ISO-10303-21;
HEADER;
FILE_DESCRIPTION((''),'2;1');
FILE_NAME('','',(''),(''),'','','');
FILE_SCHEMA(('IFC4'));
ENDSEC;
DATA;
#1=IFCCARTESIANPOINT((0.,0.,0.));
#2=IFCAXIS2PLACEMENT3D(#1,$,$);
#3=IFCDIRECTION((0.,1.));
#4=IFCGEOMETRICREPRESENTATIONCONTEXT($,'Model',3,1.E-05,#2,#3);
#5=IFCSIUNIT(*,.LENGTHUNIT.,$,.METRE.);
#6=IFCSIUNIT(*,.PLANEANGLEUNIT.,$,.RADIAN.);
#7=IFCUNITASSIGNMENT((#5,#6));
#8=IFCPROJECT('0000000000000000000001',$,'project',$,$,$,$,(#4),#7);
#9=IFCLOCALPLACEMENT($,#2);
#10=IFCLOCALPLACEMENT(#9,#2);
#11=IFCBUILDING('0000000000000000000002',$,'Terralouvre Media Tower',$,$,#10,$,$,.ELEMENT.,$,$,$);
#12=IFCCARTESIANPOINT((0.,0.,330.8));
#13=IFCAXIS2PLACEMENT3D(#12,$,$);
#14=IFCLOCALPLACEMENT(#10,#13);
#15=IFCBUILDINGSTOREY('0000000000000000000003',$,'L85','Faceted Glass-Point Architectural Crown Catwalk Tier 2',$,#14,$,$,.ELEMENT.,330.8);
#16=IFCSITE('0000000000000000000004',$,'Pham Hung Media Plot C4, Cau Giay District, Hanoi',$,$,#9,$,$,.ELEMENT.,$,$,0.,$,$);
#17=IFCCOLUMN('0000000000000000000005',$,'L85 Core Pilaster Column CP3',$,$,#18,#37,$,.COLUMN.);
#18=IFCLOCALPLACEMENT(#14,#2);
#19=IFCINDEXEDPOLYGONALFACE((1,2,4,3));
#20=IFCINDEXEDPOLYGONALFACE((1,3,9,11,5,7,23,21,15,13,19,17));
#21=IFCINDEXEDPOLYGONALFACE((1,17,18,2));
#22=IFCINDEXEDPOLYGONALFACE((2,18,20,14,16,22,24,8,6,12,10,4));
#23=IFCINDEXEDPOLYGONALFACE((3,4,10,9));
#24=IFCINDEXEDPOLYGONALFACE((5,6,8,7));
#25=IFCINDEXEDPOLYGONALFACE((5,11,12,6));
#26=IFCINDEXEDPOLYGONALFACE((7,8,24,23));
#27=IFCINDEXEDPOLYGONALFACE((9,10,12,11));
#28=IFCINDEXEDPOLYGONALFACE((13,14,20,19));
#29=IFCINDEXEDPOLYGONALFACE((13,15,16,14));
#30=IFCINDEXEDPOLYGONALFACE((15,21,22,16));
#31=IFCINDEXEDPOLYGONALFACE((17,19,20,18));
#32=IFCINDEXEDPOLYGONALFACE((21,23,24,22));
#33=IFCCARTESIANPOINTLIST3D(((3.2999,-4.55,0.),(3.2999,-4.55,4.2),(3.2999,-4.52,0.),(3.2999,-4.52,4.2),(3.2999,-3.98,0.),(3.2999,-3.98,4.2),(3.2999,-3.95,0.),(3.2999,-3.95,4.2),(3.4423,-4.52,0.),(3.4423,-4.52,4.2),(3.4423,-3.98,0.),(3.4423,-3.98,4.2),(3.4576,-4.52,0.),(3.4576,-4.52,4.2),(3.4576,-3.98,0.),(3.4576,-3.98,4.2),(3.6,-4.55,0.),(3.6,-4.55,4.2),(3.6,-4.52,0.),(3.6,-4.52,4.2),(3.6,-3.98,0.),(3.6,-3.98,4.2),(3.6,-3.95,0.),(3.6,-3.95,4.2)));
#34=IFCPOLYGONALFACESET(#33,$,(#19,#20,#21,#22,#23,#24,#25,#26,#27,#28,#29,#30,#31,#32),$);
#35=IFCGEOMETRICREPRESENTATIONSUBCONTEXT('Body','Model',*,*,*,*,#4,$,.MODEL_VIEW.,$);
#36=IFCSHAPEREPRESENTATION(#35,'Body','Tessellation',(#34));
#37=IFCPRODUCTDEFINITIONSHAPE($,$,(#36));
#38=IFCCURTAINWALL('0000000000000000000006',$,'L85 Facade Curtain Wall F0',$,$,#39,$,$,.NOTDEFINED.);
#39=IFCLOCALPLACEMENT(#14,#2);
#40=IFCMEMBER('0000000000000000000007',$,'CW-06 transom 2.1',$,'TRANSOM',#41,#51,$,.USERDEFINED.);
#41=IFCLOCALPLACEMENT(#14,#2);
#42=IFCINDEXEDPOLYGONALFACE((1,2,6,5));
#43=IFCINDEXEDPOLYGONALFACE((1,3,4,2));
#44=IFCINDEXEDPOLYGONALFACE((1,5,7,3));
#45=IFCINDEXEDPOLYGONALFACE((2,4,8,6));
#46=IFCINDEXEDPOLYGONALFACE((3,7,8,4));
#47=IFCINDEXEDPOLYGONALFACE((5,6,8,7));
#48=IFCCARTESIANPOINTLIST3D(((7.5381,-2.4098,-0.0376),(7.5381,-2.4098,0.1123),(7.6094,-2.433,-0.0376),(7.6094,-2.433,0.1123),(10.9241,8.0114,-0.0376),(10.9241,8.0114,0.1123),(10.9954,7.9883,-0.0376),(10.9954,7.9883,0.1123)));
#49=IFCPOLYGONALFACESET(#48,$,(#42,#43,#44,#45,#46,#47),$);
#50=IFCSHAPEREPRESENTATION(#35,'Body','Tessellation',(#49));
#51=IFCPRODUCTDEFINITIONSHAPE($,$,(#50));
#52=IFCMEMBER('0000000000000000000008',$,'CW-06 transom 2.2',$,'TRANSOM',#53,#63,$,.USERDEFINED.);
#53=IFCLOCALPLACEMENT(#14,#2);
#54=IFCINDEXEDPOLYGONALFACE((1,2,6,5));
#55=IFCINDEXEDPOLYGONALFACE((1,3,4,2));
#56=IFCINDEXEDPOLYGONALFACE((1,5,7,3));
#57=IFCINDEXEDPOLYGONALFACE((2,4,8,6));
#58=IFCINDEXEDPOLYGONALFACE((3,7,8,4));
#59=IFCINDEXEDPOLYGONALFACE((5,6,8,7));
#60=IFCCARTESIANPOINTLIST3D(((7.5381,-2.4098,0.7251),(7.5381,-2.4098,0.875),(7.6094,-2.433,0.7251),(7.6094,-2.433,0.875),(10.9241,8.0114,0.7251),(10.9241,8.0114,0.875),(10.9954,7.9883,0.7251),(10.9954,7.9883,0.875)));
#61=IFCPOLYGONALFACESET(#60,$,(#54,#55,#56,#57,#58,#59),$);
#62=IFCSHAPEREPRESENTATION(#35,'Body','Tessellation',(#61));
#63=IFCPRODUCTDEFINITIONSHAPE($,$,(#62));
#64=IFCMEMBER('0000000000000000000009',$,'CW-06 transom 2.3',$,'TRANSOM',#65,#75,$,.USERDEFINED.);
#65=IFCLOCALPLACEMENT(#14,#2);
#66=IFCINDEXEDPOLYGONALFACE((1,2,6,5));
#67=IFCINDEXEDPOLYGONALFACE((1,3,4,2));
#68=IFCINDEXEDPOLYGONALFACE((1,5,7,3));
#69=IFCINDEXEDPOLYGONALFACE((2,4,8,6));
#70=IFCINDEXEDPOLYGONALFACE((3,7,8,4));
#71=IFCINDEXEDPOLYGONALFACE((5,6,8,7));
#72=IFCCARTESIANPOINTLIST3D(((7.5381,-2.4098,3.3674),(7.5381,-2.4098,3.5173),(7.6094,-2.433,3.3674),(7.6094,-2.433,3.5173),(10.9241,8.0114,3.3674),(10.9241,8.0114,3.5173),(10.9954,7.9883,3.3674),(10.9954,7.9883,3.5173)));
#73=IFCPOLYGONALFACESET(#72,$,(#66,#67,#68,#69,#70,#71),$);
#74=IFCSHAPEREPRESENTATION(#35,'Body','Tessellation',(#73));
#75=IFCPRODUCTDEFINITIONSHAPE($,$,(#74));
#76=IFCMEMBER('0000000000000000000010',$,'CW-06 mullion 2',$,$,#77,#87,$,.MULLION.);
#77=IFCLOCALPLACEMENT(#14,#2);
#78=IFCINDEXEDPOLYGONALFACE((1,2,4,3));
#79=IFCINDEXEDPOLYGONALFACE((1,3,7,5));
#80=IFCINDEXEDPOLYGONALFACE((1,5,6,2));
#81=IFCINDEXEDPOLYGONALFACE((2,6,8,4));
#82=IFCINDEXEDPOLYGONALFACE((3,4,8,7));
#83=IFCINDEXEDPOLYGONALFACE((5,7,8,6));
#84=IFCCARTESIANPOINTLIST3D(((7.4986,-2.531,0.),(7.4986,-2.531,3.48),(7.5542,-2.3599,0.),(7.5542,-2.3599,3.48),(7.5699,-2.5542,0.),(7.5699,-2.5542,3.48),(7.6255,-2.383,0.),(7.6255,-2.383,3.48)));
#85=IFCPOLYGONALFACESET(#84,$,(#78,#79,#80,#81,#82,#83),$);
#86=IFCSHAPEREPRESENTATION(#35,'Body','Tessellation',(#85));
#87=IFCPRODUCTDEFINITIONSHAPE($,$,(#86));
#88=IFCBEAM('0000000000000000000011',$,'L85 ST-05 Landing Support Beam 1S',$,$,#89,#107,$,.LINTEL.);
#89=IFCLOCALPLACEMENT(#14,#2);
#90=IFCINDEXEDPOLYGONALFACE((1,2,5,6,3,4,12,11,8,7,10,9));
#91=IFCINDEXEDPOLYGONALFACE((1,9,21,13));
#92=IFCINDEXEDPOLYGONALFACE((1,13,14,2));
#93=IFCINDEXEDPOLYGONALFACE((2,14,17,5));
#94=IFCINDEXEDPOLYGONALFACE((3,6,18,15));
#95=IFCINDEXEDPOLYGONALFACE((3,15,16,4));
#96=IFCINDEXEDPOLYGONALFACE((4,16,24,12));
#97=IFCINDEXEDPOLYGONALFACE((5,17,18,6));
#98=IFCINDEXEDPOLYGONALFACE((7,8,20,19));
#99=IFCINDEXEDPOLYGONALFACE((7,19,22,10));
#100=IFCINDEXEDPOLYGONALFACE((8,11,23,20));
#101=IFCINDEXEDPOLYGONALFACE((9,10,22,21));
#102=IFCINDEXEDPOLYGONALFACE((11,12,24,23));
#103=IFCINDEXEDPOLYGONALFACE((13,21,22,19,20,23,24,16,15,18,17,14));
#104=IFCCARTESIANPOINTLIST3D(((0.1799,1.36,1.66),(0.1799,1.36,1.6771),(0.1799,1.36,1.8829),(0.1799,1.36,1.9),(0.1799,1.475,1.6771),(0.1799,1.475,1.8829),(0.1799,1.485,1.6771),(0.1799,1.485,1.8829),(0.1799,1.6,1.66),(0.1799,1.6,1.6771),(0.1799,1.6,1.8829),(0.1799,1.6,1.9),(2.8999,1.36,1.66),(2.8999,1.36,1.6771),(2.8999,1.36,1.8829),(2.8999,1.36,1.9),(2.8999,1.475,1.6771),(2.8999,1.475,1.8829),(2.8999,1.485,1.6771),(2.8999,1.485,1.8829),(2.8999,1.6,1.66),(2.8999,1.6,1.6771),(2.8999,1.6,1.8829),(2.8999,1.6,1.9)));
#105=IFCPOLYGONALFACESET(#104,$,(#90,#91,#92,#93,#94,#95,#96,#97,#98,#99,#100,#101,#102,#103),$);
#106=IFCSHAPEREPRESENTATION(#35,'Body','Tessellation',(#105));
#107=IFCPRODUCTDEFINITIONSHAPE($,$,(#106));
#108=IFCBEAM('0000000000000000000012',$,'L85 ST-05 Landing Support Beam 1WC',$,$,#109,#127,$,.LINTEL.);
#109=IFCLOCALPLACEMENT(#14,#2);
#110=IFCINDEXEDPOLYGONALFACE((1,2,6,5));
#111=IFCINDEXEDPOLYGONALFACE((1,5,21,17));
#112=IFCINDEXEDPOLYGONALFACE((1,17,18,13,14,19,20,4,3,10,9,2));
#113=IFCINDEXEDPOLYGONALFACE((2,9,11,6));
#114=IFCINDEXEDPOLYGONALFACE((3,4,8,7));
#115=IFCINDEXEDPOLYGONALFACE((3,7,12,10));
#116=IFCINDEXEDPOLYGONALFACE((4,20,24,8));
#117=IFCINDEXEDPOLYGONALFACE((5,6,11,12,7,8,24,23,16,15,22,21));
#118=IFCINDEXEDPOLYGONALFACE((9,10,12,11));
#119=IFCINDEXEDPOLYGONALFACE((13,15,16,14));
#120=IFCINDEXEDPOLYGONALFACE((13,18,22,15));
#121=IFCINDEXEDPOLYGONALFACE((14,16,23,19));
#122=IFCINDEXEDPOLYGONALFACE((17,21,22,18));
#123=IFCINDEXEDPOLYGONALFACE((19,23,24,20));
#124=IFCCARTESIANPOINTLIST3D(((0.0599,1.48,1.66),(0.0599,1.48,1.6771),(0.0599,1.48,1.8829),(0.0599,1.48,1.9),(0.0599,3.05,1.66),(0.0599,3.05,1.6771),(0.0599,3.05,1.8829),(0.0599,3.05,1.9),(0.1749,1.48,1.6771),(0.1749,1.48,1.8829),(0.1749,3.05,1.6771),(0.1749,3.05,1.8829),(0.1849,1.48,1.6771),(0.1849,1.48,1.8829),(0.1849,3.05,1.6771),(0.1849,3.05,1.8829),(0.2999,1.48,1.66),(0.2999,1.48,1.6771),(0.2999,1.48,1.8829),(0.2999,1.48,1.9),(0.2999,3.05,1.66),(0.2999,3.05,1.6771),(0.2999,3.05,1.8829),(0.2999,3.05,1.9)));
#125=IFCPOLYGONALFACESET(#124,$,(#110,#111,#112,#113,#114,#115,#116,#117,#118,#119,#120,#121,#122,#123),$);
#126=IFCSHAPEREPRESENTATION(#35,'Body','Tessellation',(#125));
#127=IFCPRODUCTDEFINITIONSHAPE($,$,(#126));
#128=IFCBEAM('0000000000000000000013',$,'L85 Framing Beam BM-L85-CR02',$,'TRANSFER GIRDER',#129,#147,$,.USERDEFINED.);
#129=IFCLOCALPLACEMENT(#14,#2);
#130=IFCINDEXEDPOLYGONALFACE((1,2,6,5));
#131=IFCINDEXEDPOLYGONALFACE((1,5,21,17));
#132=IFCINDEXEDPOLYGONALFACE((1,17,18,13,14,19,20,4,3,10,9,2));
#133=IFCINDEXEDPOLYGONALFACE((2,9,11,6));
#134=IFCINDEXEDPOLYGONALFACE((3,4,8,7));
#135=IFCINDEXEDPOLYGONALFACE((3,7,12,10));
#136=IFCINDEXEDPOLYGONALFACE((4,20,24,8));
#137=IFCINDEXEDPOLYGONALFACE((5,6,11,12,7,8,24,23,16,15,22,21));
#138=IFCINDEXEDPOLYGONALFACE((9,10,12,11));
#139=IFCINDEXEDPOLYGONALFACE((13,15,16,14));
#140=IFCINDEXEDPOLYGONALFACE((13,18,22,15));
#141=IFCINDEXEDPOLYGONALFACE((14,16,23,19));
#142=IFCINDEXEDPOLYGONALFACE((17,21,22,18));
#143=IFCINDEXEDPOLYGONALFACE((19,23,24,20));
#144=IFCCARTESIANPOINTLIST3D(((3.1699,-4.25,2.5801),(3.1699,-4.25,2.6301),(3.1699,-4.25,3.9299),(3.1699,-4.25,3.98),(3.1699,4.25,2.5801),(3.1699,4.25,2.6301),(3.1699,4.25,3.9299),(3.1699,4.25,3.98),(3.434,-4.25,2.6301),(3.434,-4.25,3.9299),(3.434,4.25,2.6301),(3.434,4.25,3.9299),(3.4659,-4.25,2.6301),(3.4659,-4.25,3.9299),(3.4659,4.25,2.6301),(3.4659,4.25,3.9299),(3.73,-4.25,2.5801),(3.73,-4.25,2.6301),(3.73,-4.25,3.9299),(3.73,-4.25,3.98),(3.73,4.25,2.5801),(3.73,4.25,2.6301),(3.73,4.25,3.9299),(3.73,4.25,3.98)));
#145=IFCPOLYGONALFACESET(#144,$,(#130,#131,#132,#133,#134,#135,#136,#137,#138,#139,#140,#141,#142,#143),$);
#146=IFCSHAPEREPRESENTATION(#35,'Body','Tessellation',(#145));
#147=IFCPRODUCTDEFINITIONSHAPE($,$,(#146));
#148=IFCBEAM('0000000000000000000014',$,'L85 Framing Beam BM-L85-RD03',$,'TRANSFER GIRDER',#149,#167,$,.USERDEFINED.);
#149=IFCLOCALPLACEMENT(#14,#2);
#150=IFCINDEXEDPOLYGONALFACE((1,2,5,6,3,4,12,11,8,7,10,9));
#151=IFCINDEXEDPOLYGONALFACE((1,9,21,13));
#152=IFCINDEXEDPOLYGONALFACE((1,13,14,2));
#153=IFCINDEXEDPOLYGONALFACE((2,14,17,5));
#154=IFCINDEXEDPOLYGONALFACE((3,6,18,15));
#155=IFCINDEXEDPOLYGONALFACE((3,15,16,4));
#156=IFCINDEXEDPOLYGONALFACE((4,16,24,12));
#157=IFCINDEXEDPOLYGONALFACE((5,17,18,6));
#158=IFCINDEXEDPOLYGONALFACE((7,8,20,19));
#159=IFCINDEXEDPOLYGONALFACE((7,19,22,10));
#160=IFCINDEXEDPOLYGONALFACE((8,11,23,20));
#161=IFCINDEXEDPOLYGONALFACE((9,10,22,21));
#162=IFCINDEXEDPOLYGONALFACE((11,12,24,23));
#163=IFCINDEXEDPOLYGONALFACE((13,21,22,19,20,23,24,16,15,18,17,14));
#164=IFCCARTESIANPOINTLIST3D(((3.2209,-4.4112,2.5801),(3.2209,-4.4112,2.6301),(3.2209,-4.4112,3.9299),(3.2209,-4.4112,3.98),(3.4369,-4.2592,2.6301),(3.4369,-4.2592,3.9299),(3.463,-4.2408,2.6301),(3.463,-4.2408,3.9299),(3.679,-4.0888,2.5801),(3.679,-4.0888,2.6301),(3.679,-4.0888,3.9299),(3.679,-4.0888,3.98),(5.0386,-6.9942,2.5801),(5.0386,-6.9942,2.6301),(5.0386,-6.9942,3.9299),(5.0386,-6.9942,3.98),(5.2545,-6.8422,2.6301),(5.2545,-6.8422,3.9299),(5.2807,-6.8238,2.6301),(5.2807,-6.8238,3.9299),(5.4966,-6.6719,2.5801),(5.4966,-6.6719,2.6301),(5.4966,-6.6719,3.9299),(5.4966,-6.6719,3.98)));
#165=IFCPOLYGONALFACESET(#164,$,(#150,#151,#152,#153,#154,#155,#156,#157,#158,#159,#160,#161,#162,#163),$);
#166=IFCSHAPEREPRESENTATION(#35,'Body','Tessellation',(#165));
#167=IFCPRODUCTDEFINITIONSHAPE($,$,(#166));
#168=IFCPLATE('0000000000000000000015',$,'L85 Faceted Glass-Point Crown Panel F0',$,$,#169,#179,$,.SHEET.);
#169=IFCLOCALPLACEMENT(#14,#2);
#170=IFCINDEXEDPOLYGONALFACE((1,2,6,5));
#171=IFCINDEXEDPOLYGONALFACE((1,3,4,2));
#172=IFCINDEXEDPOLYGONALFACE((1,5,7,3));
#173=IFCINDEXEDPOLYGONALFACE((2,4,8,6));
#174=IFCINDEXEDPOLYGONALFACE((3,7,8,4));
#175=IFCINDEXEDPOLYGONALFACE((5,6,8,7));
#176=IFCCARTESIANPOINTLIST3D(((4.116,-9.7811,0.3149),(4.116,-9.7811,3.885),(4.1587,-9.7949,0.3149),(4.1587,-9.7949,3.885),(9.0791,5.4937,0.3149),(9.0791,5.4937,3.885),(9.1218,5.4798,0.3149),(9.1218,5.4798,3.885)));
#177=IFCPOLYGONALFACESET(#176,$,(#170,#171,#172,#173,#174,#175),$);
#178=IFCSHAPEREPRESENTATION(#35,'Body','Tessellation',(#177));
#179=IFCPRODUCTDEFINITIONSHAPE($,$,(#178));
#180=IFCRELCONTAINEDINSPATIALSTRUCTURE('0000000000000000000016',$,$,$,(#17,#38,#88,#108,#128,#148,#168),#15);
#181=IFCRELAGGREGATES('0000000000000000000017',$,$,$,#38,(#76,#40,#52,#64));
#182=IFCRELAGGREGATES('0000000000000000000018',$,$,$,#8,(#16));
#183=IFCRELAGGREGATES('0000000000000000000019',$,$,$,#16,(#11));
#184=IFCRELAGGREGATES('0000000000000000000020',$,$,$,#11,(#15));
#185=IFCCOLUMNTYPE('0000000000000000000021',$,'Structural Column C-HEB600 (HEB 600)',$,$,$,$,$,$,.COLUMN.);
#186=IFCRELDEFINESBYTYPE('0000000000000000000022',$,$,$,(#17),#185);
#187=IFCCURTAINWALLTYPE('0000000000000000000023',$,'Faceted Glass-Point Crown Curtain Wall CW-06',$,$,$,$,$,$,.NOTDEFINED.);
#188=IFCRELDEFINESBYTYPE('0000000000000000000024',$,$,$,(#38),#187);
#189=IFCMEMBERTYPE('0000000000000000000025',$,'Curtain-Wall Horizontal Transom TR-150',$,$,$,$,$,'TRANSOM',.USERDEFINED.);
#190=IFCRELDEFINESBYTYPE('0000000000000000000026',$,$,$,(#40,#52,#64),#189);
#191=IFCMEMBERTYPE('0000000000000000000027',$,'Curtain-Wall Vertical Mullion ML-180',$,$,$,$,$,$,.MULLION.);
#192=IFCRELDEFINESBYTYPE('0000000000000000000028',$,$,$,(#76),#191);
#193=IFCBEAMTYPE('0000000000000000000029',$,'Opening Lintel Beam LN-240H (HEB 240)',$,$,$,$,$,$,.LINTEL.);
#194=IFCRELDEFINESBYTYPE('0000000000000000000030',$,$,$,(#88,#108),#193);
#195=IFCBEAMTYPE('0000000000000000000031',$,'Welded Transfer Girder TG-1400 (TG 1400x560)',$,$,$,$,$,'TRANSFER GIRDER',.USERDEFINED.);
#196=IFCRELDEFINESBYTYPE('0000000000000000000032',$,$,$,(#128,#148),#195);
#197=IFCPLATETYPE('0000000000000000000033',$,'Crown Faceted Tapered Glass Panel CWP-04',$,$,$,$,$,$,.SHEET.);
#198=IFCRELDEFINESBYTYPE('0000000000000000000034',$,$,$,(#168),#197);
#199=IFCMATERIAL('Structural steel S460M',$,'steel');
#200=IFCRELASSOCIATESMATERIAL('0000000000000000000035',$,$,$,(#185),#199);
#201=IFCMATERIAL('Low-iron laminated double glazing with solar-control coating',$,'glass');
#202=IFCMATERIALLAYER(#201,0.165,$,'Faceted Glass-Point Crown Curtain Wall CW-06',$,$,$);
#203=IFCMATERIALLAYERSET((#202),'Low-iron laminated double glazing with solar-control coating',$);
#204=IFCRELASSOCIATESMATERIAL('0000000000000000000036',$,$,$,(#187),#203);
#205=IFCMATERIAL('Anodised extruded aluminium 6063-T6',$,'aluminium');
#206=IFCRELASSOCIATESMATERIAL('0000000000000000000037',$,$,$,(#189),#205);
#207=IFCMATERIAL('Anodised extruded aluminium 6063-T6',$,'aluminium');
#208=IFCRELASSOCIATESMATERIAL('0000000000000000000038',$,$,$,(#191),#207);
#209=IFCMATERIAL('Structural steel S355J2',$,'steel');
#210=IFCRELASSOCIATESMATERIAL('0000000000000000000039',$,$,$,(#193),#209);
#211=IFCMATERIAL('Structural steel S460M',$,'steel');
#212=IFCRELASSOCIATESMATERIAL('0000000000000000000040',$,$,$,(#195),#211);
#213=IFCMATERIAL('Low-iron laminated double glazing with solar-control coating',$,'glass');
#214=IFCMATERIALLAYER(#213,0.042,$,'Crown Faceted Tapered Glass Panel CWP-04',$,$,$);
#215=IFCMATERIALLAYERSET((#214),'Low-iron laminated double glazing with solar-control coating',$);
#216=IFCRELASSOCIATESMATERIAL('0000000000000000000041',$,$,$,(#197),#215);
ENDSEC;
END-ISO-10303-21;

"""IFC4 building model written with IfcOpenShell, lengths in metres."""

from ifc_helpers import new_model, si_unit, direction, frame, origin, origin_2d, place, context, subcontext, project, spatial, rectangle, i_section, extrude, material, layer, layer_set, material_profile, profile_set, type_object, element, aggregate, save


model = new_model("IFC4")

# Units and contexts
model_context = context("Model", 3, precision=1e-05, world=origin(), true_north=direction((0.0, 1.0)))
body_context = subcontext(model_context, "Body", "Model", "MODEL_VIEW")
ifc_project = project(units=[si_unit("LENGTHUNIT", "METRE"), si_unit("PLANEANGLEUNIT", "RADIAN")], contexts=[model_context])

# Site, building, storey
site_placement = place(None, origin())
site = spatial("IfcSite", under=ifc_project, at=site_placement, Name="Pham Hung Media Plot C4, Cau Giay District, Hanoi", CompositionType="ELEMENT", RefElevation=0.0)
building_placement = place(site_placement, origin())
building = spatial("IfcBuilding", under=site, at=building_placement, Name="Terralouvre Media Tower", CompositionType="ELEMENT")
storey_placement = place(building_placement, frame((0.0, 0.0, 330.8)))
storey = spatial("IfcBuildingStorey", under=building, at=storey_placement, Name="L85", Description="Faceted Glass-Point Architectural Crown Catwalk Tier 2", CompositionType="ELEMENT", Elevation=330.8)

# Column
ifc_material_1 = material(Name="Structural steel S460M", Category="steel")
ifc_material_profile_1 = material_profile(ifc_material_1, i_section(OverallWidth=0.3, OverallDepth=0.6001, WebThickness=0.0154, FlangeThickness=0.03, at=origin_2d()), Name="HEB 600")
ifc_profile_set_1 = profile_set([ifc_material_profile_1], Name="Structural steel S460M")
column_type = type_object("IfcColumnType", Name="Structural Column C-HEB600 (HEB 600)", PredefinedType="COLUMN", material=ifc_profile_set_1)
column_placement = place(storey_placement, frame((3.45, -4.25, 0.0), z_axis=(0.0, 0.0, 1.0), x_axis=(1.0, 0.0, 0.0)))
element("IfcColumn", 1, at=column_placement, inside=storey, type_object=column_type, Name="L85 Core Pilaster Column CP3", PredefinedType="COLUMN", context=body_context, shape_type="SweptSolid", body=[
    extrude(i_section(OverallWidth=0.3, OverallDepth=0.6001, WebThickness=0.0154, FlangeThickness=0.03, at=origin_2d()), origin(), (0.0, 0.0, 1.0), 4.2),
])

# Curtain wall, members
ifc_material_2 = material(Name="Low-iron laminated double glazing with solar-control coating", Category="glass")
ifc_layer_1 = layer(ifc_material_2, 0.165, Name="Faceted Glass-Point Crown Curtain Wall CW-06")
ifc_layer_set_1 = layer_set([ifc_layer_1], Name="Low-iron laminated double glazing with solar-control coating")
curtain_wall_type = type_object("IfcCurtainWallType", Name="Faceted Glass-Point Crown Curtain Wall CW-06", PredefinedType="NOTDEFINED", material=ifc_layer_set_1)
curtain_wall_placement = place(storey_placement, origin())
curtain_wall = element("IfcCurtainWall", 2, at=curtain_wall_placement, inside=storey, type_object=curtain_wall_type, Name="L85 Facade Curtain Wall F0", PredefinedType="NOTDEFINED")
ifc_material_3 = material(Name="Anodised extruded aluminium 6063-T6", Category="aluminium")
ifc_material_profile_2 = material_profile(ifc_material_3, rectangle(XDim=0.075, YDim=0.1499, at=origin_2d()), Name="ALU 75x150")
ifc_profile_set_2 = profile_set([ifc_material_profile_2], Name="Anodised extruded aluminium 6063-T6")
member_type_1 = type_object("IfcMemberType", Name="Curtain-Wall Horizontal Transom TR-150", ElementType="TRANSOM", PredefinedType="USERDEFINED", material=ifc_profile_set_2)
member_1_placement = place(storey_placement, frame((7.5737, -2.4214, 0.0374), z_axis=(0.309013, 0.951058, 0.0), x_axis=(-0.951058, 0.309013, 0.0)))
member_1 = element("IfcMember", 3, at=member_1_placement, type_object=member_type_1, Name="CW-06 transom 2.1", ObjectType="TRANSOM", PredefinedType="USERDEFINED", context=body_context, shape_type="SweptSolid", body=[
    extrude(rectangle(XDim=0.075, YDim=0.1499, at=origin_2d()), origin(), (0.0, 0.0, 1.0), 10.9575),
])
member_2_placement = place(storey_placement, frame((7.5737, -2.4214, 0.8), z_axis=(0.309013, 0.951058, 0.0), x_axis=(-0.951058, 0.309013, 0.0)))
member_2 = element("IfcMember", 4, at=member_2_placement, type_object=member_type_1, Name="CW-06 transom 2.2", ObjectType="TRANSOM", PredefinedType="USERDEFINED", context=body_context, shape_type="SweptSolid", body=[
    extrude(rectangle(XDim=0.075, YDim=0.1499, at=origin_2d()), origin(), (0.0, 0.0, 1.0), 10.9575),
])
member_3_placement = place(storey_placement, frame((7.5737, -2.4214, 3.4424), z_axis=(0.309013, 0.951058, 0.0), x_axis=(-0.951058, 0.309013, 0.0)))
member_3 = element("IfcMember", 5, at=member_3_placement, type_object=member_type_1, Name="CW-06 transom 2.3", ObjectType="TRANSOM", PredefinedType="USERDEFINED", context=body_context, shape_type="SweptSolid", body=[
    extrude(rectangle(XDim=0.075, YDim=0.1499, at=origin_2d()), origin(), (0.0, 0.0, 1.0), 10.9575),
])
ifc_material_4 = material(Name="Anodised extruded aluminium 6063-T6", Category="aluminium")
ifc_material_profile_3 = material_profile(ifc_material_4, rectangle(XDim=0.075, YDim=0.1799, at=origin_2d()), Name="ALU 75x180")
ifc_profile_set_3 = profile_set([ifc_material_profile_3], Name="Anodised extruded aluminium 6063-T6")
member_type_2 = type_object("IfcMemberType", Name="Curtain-Wall Vertical Mullion ML-180", PredefinedType="MULLION", material=ifc_profile_set_3)
member_4_placement = place(storey_placement, frame((7.562, -2.457, 0.0), z_axis=(0.0, 0.0, 1.0), x_axis=(-0.951057, 0.309017, 0.0)))
member_4 = element("IfcMember", 6, at=member_4_placement, type_object=member_type_2, Name="CW-06 mullion 2", PredefinedType="MULLION", context=body_context, shape_type="SweptSolid", body=[
    extrude(rectangle(XDim=0.075, YDim=0.1799, at=origin_2d()), origin(), (0.0, 0.0, 1.0), 3.48),
])
aggregate(curtain_wall, [member_4, member_1, member_2, member_3])

# Beams
ifc_material_5 = material(Name="Structural steel S355J2", Category="steel")
ifc_material_profile_4 = material_profile(ifc_material_5, i_section(OverallWidth=0.24, OverallDepth=0.24, WebThickness=0.01, FlangeThickness=0.0171, at=origin_2d()), Name="HEB 240")
ifc_profile_set_4 = profile_set([ifc_material_profile_4], Name="Structural steel S355J2")
beam_type_1 = type_object("IfcBeamType", Name="Opening Lintel Beam LN-240H (HEB 240)", PredefinedType="LINTEL", material=ifc_profile_set_4)
beam_1_placement = place(storey_placement, frame((0.1799, 1.48, 1.78), z_axis=(1.0, 0.0, 0.0), x_axis=(0.0, 1.0, 0.0)))
element("IfcBeam", 7, at=beam_1_placement, inside=storey, type_object=beam_type_1, Name="L85 ST-05 Landing Support Beam 1S", PredefinedType="LINTEL", context=body_context, shape_type="SweptSolid", body=[
    extrude(i_section(OverallWidth=0.24, OverallDepth=0.24, WebThickness=0.01, FlangeThickness=0.0171, at=origin_2d()), origin(), (0.0, 0.0, 1.0), 2.72),
])
beam_2_placement = place(storey_placement, frame((0.1799, 1.48, 1.78), z_axis=(0.0, 1.0, 0.0), x_axis=(-1.0, 0.0, 0.0)))
element("IfcBeam", 8, at=beam_2_placement, inside=storey, type_object=beam_type_1, Name="L85 ST-05 Landing Support Beam 1WC", PredefinedType="LINTEL", context=body_context, shape_type="SweptSolid", body=[
    extrude(i_section(OverallWidth=0.24, OverallDepth=0.24, WebThickness=0.01, FlangeThickness=0.0171, at=origin_2d()), origin(), (0.0, 0.0, 1.0), 1.5701),
])
ifc_material_6 = material(Name="Structural steel S460M", Category="steel")
ifc_material_profile_5 = material_profile(ifc_material_6, i_section(OverallWidth=0.5601, OverallDepth=1.3999, WebThickness=0.032, FlangeThickness=0.05, at=origin_2d()), Name="TG 1400x560")
ifc_profile_set_5 = profile_set([ifc_material_profile_5], Name="Structural steel S460M")
beam_type_2 = type_object("IfcBeamType", Name="Welded Transfer Girder TG-1400 (TG 1400x560)", ElementType="TRANSFER GIRDER", PredefinedType="USERDEFINED", material=ifc_profile_set_5)
beam_3_placement = place(storey_placement, frame((3.45, -4.25, 3.28), z_axis=(0.0, 1.0, 0.0), x_axis=(-1.0, 0.0, 0.0)))
element("IfcBeam", 9, at=beam_3_placement, inside=storey, type_object=beam_type_2, Name="L85 Framing Beam BM-L85-CR02", ObjectType="TRANSFER GIRDER", PredefinedType="USERDEFINED", context=body_context, shape_type="SweptSolid", body=[
    extrude(i_section(OverallWidth=0.5601, OverallDepth=1.3999, WebThickness=0.032, FlangeThickness=0.05, at=origin_2d()), origin(), (0.0, 0.0, 1.0), 8.5),
])
beam_4_placement = place(storey_placement, frame((3.45, -4.25, 3.28), z_axis=(0.575484, -0.817813, 0.0), x_axis=(0.817813, 0.575484, 0.0)))
element("IfcBeam", 10, at=beam_4_placement, inside=storey, type_object=beam_type_2, Name="L85 Framing Beam BM-L85-RD03", ObjectType="TRANSFER GIRDER", PredefinedType="USERDEFINED", context=body_context, shape_type="SweptSolid", body=[
    extrude(i_section(OverallWidth=0.5601, OverallDepth=1.3999, WebThickness=0.032, FlangeThickness=0.05, at=origin_2d()), origin(), (0.0, 0.0, 1.0), 3.1584),
])

# Plate
ifc_material_7 = material(Name="Low-iron laminated double glazing with solar-control coating", Category="glass")
ifc_layer_2 = layer(ifc_material_7, 0.042, Name="Crown Faceted Tapered Glass Panel CWP-04")
ifc_layer_set_2 = layer_set([ifc_layer_2], Name="Low-iron laminated double glazing with solar-control coating")
plate_type = type_object("IfcPlateType", Name="Crown Faceted Tapered Glass Panel CWP-04", PredefinedType="SHEET", material=ifc_layer_set_2)
plate_placement = place(storey_placement, frame((6.6189, -2.1506, 0.3149), z_axis=(0.0, 0.0, 1.0), x_axis=(0.309017, 0.951057, 0.0)))
element("IfcPlate", 11, at=plate_placement, inside=storey, type_object=plate_type, Name="L85 Faceted Glass-Point Crown Panel F0", PredefinedType="SHEET", context=body_context, shape_type="SweptSolid", body=[
    extrude(rectangle(XDim=16.0608, YDim=0.0449, at=origin_2d()), origin(), (0.0, 0.0, 1.0), 3.5701),
])

save(model, "model.ifc")
